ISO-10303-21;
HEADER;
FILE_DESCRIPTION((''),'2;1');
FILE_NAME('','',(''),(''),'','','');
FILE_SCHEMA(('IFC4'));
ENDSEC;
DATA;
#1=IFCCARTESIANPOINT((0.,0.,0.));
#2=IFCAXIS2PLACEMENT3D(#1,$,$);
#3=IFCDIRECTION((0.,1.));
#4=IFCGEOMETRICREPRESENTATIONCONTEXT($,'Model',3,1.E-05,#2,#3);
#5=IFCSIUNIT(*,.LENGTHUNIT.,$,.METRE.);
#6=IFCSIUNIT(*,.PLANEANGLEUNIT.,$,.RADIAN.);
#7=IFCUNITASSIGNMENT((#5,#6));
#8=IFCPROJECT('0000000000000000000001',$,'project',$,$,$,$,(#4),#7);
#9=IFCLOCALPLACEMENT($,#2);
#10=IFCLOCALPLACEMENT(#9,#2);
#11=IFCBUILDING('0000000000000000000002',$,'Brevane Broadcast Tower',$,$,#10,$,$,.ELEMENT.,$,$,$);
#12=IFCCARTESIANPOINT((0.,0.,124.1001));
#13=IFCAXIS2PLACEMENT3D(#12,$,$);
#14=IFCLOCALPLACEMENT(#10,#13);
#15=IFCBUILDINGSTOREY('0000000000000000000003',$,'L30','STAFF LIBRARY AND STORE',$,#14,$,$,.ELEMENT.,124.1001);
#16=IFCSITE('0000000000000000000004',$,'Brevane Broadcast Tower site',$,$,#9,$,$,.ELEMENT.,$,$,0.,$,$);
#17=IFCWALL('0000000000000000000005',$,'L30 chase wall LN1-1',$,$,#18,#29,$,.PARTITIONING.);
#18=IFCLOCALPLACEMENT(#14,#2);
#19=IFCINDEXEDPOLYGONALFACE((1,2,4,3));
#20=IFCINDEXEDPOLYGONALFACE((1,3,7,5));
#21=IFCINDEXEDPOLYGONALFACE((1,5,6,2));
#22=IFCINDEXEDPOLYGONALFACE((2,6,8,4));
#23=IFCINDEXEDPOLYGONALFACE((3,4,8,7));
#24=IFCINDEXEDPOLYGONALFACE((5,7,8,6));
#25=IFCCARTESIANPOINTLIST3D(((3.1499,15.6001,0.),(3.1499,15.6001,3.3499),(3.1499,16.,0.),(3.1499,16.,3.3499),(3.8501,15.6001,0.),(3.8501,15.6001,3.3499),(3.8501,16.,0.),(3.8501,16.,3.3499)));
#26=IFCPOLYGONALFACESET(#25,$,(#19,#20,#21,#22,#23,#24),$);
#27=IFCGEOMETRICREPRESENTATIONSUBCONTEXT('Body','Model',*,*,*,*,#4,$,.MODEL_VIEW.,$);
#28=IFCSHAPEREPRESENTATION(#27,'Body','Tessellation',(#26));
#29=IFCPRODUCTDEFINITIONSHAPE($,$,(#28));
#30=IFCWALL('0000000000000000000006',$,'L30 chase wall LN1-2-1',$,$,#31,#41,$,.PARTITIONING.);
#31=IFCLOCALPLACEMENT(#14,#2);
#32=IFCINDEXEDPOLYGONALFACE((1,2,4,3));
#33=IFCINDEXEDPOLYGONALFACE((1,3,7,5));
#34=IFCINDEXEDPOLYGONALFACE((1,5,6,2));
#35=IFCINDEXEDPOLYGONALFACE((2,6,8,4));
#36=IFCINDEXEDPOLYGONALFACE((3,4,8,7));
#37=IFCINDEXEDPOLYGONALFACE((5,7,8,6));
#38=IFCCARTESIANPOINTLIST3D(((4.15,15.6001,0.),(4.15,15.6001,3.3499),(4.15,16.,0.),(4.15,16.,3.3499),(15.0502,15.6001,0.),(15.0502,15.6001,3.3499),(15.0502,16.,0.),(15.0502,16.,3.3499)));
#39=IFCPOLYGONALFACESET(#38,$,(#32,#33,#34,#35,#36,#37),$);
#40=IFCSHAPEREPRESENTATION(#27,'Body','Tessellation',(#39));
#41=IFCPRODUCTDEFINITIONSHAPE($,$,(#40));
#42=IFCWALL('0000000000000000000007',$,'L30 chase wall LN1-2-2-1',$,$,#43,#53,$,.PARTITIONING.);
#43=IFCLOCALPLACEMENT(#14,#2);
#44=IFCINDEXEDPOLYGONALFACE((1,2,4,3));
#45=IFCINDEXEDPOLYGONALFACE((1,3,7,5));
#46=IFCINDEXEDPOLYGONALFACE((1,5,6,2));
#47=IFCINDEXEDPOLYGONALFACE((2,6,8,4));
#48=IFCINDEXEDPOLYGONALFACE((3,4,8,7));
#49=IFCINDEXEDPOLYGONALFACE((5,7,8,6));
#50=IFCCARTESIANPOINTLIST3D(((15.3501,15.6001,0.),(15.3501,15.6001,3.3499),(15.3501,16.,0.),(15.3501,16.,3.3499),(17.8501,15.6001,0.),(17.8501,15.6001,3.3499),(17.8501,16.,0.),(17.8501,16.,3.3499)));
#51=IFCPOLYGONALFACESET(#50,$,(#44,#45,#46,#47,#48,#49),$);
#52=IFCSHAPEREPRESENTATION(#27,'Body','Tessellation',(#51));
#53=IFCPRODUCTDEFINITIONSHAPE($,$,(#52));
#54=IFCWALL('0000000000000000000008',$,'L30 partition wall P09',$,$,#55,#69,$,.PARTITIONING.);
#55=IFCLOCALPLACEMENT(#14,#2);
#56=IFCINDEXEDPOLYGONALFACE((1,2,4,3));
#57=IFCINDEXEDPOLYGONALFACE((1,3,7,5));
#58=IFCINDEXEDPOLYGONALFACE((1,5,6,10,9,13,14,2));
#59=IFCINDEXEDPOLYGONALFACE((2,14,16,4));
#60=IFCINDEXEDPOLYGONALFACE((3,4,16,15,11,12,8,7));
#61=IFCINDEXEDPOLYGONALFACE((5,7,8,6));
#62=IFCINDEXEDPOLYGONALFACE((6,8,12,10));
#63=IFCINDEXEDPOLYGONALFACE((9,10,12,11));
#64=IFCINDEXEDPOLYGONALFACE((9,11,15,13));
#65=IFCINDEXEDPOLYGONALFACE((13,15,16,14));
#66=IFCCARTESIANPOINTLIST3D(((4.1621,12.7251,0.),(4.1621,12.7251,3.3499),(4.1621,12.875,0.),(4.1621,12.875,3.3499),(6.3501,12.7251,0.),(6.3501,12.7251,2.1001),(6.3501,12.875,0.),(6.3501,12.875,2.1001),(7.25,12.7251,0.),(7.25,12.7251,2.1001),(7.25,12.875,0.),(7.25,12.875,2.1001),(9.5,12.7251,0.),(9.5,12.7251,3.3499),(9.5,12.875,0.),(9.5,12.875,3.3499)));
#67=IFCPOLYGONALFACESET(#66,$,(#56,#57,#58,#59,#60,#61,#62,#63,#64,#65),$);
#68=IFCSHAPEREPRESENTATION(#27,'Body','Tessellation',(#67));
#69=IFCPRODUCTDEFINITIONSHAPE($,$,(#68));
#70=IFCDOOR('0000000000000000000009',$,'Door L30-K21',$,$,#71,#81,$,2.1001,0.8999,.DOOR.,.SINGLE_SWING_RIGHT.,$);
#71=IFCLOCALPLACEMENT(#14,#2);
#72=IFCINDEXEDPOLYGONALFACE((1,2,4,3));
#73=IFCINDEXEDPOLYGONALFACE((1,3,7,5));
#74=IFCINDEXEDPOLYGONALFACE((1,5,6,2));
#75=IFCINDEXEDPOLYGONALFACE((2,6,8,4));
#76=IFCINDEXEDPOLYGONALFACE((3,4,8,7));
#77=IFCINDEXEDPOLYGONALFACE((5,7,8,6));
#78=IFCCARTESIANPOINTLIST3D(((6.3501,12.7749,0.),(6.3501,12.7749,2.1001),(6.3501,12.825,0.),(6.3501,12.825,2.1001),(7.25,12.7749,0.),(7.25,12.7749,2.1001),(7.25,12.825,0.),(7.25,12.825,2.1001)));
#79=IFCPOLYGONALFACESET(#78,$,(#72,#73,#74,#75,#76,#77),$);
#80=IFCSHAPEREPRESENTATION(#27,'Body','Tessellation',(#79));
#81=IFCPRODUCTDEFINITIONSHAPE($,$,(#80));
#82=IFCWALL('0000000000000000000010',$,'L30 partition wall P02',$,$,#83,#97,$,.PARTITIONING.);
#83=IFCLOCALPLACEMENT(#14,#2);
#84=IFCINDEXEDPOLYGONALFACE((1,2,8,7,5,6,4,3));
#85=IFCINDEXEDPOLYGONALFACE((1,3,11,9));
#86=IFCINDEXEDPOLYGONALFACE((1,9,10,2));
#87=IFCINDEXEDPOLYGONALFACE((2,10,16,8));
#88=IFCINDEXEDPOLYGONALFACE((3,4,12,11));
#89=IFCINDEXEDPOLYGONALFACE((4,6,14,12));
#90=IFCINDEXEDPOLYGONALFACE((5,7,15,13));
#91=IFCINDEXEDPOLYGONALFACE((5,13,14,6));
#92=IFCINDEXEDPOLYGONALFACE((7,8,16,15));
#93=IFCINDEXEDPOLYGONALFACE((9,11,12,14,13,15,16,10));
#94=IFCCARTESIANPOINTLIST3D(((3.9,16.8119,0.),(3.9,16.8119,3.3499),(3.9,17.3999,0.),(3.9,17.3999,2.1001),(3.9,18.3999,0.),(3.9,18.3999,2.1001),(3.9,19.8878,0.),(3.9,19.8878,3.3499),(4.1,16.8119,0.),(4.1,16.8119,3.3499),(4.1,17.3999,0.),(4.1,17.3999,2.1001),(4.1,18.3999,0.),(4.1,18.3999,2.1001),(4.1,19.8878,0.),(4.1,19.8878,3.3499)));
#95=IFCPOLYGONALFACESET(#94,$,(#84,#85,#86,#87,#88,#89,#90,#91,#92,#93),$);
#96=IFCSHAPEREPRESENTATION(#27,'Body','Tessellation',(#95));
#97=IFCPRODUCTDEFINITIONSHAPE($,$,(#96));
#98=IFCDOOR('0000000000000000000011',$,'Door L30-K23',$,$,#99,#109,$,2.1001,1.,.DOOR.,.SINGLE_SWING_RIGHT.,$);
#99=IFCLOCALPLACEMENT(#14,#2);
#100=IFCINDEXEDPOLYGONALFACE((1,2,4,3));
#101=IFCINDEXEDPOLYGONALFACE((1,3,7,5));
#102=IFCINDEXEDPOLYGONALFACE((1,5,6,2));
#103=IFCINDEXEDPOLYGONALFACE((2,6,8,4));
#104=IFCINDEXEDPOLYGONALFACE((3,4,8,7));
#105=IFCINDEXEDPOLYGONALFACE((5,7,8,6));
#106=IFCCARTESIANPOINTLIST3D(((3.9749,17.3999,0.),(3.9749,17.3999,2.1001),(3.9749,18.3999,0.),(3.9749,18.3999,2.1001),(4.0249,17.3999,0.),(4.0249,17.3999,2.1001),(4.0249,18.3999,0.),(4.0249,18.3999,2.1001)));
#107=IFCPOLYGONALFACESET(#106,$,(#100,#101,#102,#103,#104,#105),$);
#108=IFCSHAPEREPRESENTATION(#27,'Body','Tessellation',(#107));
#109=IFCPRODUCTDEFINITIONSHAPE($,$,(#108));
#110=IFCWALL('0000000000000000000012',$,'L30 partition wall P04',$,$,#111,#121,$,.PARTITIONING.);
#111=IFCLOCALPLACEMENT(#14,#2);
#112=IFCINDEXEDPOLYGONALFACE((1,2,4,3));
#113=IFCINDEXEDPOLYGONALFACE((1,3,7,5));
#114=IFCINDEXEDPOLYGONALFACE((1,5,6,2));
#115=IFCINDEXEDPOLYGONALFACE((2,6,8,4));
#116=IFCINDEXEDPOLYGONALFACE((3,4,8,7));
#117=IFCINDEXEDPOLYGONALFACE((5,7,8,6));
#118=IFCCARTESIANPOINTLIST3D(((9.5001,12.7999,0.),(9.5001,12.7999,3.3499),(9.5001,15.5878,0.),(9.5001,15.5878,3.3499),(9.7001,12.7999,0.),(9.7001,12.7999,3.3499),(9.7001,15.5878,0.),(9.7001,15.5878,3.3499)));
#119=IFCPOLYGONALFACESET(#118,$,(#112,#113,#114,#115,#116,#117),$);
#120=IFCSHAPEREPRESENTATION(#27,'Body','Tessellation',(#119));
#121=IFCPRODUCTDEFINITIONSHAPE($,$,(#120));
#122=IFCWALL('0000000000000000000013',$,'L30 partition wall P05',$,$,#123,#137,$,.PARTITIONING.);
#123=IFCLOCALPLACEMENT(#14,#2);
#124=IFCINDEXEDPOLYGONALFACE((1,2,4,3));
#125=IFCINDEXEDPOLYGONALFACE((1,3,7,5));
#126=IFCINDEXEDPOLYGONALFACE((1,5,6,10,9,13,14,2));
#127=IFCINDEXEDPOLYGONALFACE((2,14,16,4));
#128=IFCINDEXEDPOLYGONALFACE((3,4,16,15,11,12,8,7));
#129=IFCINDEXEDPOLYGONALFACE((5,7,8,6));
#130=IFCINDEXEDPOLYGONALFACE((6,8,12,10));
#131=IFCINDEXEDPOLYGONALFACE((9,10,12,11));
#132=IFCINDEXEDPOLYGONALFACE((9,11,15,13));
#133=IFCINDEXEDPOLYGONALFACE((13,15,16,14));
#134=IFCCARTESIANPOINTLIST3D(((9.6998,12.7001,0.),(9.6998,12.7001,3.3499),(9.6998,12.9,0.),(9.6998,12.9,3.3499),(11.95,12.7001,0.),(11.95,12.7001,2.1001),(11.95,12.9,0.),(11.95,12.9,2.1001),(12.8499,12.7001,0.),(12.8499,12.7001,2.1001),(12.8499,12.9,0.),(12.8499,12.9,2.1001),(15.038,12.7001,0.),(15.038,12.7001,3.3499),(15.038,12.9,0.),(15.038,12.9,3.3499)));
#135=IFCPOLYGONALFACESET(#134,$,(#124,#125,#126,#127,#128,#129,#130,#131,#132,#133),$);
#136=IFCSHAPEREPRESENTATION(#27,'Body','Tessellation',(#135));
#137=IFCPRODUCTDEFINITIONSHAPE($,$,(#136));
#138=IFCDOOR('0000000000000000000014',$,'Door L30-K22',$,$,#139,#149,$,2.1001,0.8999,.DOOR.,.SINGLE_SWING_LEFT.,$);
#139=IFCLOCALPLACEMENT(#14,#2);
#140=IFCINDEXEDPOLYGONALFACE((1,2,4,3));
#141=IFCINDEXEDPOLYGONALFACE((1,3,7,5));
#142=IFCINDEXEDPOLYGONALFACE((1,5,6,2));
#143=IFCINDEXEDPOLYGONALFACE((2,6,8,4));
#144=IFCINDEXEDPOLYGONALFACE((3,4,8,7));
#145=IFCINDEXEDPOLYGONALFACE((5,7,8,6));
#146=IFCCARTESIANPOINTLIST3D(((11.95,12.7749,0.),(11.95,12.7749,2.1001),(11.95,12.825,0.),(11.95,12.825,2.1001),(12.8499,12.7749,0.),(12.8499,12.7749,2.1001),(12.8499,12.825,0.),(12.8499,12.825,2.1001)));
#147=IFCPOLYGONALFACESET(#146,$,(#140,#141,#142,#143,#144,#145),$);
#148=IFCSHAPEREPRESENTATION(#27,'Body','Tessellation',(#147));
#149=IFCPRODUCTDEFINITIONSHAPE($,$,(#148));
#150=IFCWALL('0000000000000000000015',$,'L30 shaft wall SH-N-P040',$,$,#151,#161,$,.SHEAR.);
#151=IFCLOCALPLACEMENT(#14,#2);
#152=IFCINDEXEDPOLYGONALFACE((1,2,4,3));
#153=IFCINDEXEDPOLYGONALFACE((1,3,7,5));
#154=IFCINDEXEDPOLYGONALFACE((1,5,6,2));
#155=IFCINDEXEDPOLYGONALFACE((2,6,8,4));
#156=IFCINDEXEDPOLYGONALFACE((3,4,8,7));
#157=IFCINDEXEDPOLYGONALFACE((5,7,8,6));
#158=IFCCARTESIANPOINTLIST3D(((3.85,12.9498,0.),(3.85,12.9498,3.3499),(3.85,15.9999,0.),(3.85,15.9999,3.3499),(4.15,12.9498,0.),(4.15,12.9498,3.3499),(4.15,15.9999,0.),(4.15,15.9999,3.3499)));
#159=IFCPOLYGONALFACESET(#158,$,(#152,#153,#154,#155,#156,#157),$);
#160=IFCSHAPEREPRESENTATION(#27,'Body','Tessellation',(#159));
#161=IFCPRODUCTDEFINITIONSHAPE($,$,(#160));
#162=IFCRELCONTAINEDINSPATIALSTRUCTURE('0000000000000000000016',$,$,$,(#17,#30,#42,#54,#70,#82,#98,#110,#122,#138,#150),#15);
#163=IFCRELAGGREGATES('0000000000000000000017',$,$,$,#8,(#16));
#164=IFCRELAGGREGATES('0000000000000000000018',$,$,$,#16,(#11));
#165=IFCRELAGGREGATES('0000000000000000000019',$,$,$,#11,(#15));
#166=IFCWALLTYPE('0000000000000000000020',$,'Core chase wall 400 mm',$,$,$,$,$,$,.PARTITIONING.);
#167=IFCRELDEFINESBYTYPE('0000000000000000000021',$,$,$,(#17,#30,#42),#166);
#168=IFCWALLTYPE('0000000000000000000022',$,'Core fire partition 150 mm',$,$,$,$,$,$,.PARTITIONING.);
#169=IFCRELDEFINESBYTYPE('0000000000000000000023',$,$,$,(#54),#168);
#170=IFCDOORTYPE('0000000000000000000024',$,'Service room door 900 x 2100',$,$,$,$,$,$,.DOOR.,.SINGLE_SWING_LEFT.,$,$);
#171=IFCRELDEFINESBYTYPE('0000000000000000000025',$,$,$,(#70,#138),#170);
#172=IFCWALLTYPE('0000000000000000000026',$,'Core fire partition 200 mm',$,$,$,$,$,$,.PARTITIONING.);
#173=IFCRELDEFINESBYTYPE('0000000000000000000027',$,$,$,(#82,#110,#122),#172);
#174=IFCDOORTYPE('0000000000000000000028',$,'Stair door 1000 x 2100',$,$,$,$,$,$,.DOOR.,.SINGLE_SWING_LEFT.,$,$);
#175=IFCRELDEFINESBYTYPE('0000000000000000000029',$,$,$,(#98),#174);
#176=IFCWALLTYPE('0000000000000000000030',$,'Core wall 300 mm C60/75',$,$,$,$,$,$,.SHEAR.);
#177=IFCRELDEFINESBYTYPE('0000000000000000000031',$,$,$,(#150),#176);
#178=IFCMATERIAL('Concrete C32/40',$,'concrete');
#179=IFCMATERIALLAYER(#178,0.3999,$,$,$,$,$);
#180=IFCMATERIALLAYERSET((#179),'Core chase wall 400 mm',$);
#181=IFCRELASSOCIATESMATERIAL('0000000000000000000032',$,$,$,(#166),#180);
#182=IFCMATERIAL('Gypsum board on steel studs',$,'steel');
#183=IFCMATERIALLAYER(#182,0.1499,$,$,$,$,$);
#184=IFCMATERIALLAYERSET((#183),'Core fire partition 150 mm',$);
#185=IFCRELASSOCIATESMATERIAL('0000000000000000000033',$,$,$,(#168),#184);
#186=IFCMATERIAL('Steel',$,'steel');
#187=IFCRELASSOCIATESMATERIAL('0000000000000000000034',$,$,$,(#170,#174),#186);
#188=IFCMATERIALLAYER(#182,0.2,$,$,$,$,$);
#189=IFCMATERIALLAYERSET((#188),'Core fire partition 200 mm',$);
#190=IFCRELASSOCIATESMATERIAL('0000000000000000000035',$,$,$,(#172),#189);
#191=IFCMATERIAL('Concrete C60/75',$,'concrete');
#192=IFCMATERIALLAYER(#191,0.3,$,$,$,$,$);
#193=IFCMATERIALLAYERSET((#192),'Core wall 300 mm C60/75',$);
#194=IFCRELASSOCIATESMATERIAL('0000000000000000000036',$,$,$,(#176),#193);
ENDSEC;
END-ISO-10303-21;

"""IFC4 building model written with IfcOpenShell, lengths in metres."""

from ifc_helpers import new_model, si_unit, direction, frame, frame_2d, origin, place, context, subcontext, project, spatial, rectangle, extrude, material, layer, layer_set, type_object, element, fill, save


model = new_model("IFC4")

# Units and contexts
model_context = context("Model", 3, precision=1e-05, world=origin(), true_north=direction((0.0, 1.0)))
body_context = subcontext(model_context, "Body", "Model", "MODEL_VIEW")
ifc_project = project(units=[si_unit("LENGTHUNIT", "METRE"), si_unit("PLANEANGLEUNIT", "RADIAN")], contexts=[model_context])

# Site, building, storey
site_placement = place(None, origin())
site = spatial("IfcSite", under=ifc_project, at=site_placement, Name="Brevane Broadcast Tower site", CompositionType="ELEMENT", RefElevation=0.0)
building_placement = place(site_placement, origin())
building = spatial("IfcBuilding", under=site, at=building_placement, Name="Brevane Broadcast Tower", CompositionType="ELEMENT")
storey_placement = place(building_placement, frame((0.0, 0.0, 124.1001)))
storey = spatial("IfcBuildingStorey", under=building, at=storey_placement, Name="L30", Description="STAFF LIBRARY AND STORE", CompositionType="ELEMENT", Elevation=124.1001)

# Walls
ifc_material_1 = material(Name="Concrete C32/40", Category="concrete")
ifc_layer_1 = layer(ifc_material_1, 0.3999)
ifc_layer_set_1 = layer_set([ifc_layer_1], Name="Core chase wall 400 mm")
wall_type_1 = type_object("IfcWallType", Name="Core chase wall 400 mm", PredefinedType="PARTITIONING", material=ifc_layer_set_1)
wall_1_placement = place(storey_placement, frame((3.1499, 15.8, 0.0), z_axis=(0.0, 0.0, 1.0), x_axis=(1.0, 0.0, 0.0)))
element("IfcWall", 1, at=wall_1_placement, inside=storey, type_object=wall_type_1, Name="L30 chase wall LN1-1", PredefinedType="PARTITIONING", context=body_context, shape_type="SweptSolid", body=[
    extrude(rectangle(XDim=0.7002, YDim=0.3999, at=frame_2d((0.3501, 0.0))), origin(), (0.0, 0.0, 1.0), 3.3499),
])
wall_2_placement = place(storey_placement, frame((4.1499, 15.8, 0.0), z_axis=(0.0, 0.0, 1.0), x_axis=(1.0, 0.0, 0.0)))
element("IfcWall", 2, at=wall_2_placement, inside=storey, type_object=wall_type_1, Name="L30 chase wall LN1-2-1", PredefinedType="PARTITIONING", context=body_context, shape_type="SweptSolid", body=[
    extrude(rectangle(XDim=10.9001, YDim=0.3999, at=frame_2d((5.4502, 0.0))), origin(), (0.0, 0.0, 1.0), 3.3499),
])
wall_3_placement = place(storey_placement, frame((15.3501, 15.8, 0.0), z_axis=(0.0, 0.0, 1.0), x_axis=(1.0, 0.0, 0.0)))
element("IfcWall", 3, at=wall_3_placement, inside=storey, type_object=wall_type_1, Name="L30 chase wall LN1-2-2-1", PredefinedType="PARTITIONING", context=body_context, shape_type="SweptSolid", body=[
    extrude(rectangle(XDim=2.5, YDim=0.3999, at=frame_2d((1.25, 0.0))), origin(), (0.0, 0.0, 1.0), 3.3499),
])

# Walls, openings, doors
ifc_material_2 = material(Name="Gypsum board on steel studs", Category="steel")
ifc_layer_2 = layer(ifc_material_2, 0.1499)
ifc_layer_set_2 = layer_set([ifc_layer_2], Name="Core fire partition 150 mm")
wall_type_2 = type_object("IfcWallType", Name="Core fire partition 150 mm", PredefinedType="PARTITIONING", material=ifc_layer_set_2)
wall_4_placement = place(storey_placement, frame((4.1621, 12.8, 0.0), z_axis=(0.0, 0.0, 1.0), x_axis=(1.0, 0.0, 0.0)))
wall_4 = element("IfcWall", 4, at=wall_4_placement, inside=storey, type_object=wall_type_2, Name="L30 partition wall P09", PredefinedType="PARTITIONING", context=body_context, shape_type="SweptSolid", body=[
    extrude(rectangle(XDim=5.3379, YDim=0.1499, at=frame_2d((2.6689, 0.0))), origin(), (0.0, 0.0, 1.0), 3.3499),
])
opening_1_placement = place(wall_4_placement, frame((2.188, 0.0, 0.0)))
opening_1 = element("IfcOpeningElement", 5, at=opening_1_placement, cuts=wall_4, PredefinedType="OPENING", context=body_context, shape_type="SweptSolid", body=[
    extrude(rectangle(XDim=0.8999, YDim=2.1001, at=frame_2d((0.45, 1.05))), frame((0.0, 0.085, 0.0), z_axis=(0.0, -1.0, 0.0), x_axis=(1.0, 0.0, 0.0)), (0.0, 0.0, 1.0), 0.1699),
])
ifc_material_3 = material(Name="Steel", Category="steel")
door_type_1 = type_object("IfcDoorType", Name="Service room door 900 x 2100", OperationType="SINGLE_SWING_LEFT", PredefinedType="DOOR", material=ifc_material_3)
door_1_placement = place(opening_1_placement, origin())
door_1 = element("IfcDoor", 6, at=door_1_placement, inside=storey, type_object=door_type_1, Name="Door L30-K21", OperationType="SINGLE_SWING_RIGHT", OverallHeight=2.1001, OverallWidth=0.8999, PredefinedType="DOOR", context=body_context, shape_type="SweptSolid", body=[
    extrude(rectangle(XDim=0.8999, YDim=2.1001, at=frame_2d((0.45, 1.05))), frame((0.0, 0.0249, 0.0), z_axis=(0.0, -1.0, 0.0), x_axis=(1.0, 0.0, 0.0)), (0.0, 0.0, 1.0), 0.05),
])
fill(opening_1, door_1)
ifc_layer_3 = layer(ifc_material_2, 0.2)
ifc_layer_set_3 = layer_set([ifc_layer_3], Name="Core fire partition 200 mm")
wall_type_3 = type_object("IfcWallType", Name="Core fire partition 200 mm", PredefinedType="PARTITIONING", material=ifc_layer_set_3)
wall_5_placement = place(storey_placement, frame((4.0, 19.8879, 0.0), z_axis=(0.0, 0.0, 1.0), x_axis=(0.0, -1.0, 0.0)))
wall_5 = element("IfcWall", 7, at=wall_5_placement, inside=storey, type_object=wall_type_3, Name="L30 partition wall P02", PredefinedType="PARTITIONING", context=body_context, shape_type="SweptSolid", body=[
    extrude(rectangle(XDim=3.0759, YDim=0.2, at=frame_2d((1.5381, 0.0))), origin(), (0.0, 0.0, 1.0), 3.3499),
])
opening_2_placement = place(wall_5_placement, frame((1.488, 0.0, 0.0)))
opening_2 = element("IfcOpeningElement", 8, at=opening_2_placement, cuts=wall_5, PredefinedType="OPENING", context=body_context, shape_type="SweptSolid", body=[
    extrude(rectangle(XDim=1.0, YDim=2.1001, at=frame_2d((0.5, 1.05))), frame((0.0, 0.1099, 0.0), z_axis=(0.0, -1.0, 0.0), x_axis=(1.0, 0.0, 0.0)), (0.0, 0.0, 1.0), 0.22),
])
door_type_2 = type_object("IfcDoorType", Name="Stair door 1000 x 2100", OperationType="SINGLE_SWING_LEFT", PredefinedType="DOOR", material=ifc_material_3)
door_2_placement = place(opening_2_placement, origin())
door_2 = element("IfcDoor", 9, at=door_2_placement, inside=storey, type_object=door_type_2, Name="Door L30-K23", OperationType="SINGLE_SWING_RIGHT", OverallHeight=2.1001, OverallWidth=1.0, PredefinedType="DOOR", context=body_context, shape_type="SweptSolid", body=[
    extrude(rectangle(XDim=1.0, YDim=2.1001, at=frame_2d((0.5, 1.05))), frame((0.0, 0.0249, 0.0), z_axis=(0.0, -1.0, 0.0), x_axis=(1.0, 0.0, 0.0)), (0.0, 0.0, 1.0), 0.05),
])
fill(opening_2, door_2)

# Wall
wall_6_placement = place(storey_placement, frame((9.6001, 15.5879, 0.0), z_axis=(0.0, 0.0, 1.0), x_axis=(0.0, -1.0, 0.0)))
element("IfcWall", 10, at=wall_6_placement, inside=storey, type_object=wall_type_3, Name="L30 partition wall P04", PredefinedType="PARTITIONING", context=body_context, shape_type="SweptSolid", body=[
    extrude(rectangle(XDim=2.7878, YDim=0.2, at=frame_2d((1.394, 0.0))), origin(), (0.0, 0.0, 1.0), 3.3499),
])

# Wall, opening, door
wall_7_placement = place(storey_placement, frame((9.7, 12.8, 0.0), z_axis=(0.0, 0.0, 1.0), x_axis=(1.0, 0.0, 0.0)))
wall_7 = element("IfcWall", 11, at=wall_7_placement, inside=storey, type_object=wall_type_3, Name="L30 partition wall P05", PredefinedType="PARTITIONING", context=body_context, shape_type="SweptSolid", body=[
    extrude(rectangle(XDim=5.3381, YDim=0.2, at=frame_2d((2.6689, 0.0))), origin(), (0.0, 0.0, 1.0), 3.3499),
])
opening_3_placement = place(wall_7_placement, frame((2.25, 0.0, 0.0)))
opening_3 = element("IfcOpeningElement", 12, at=opening_3_placement, cuts=wall_7, PredefinedType="OPENING", context=body_context, shape_type="SweptSolid", body=[
    extrude(rectangle(XDim=0.8999, YDim=2.1001, at=frame_2d((0.45, 1.05))), frame((0.0, 0.1099, 0.0), z_axis=(0.0, -1.0, 0.0), x_axis=(1.0, 0.0, 0.0)), (0.0, 0.0, 1.0), 0.22),
])
door_3_placement = place(opening_3_placement, origin())
door_3 = element("IfcDoor", 13, at=door_3_placement, inside=storey, type_object=door_type_1, Name="Door L30-K22", OperationType="SINGLE_SWING_LEFT", OverallHeight=2.1001, OverallWidth=0.8999, PredefinedType="DOOR", context=body_context, shape_type="SweptSolid", body=[
    extrude(rectangle(XDim=0.8999, YDim=2.1001, at=frame_2d((0.45, 1.05))), frame((0.0, 0.0249, 0.0), z_axis=(0.0, -1.0, 0.0), x_axis=(1.0, 0.0, 0.0)), (0.0, 0.0, 1.0), 0.05),
])
fill(opening_3, door_3)

# Wall
ifc_material_4 = material(Name="Concrete C60/75", Category="concrete")
ifc_layer_4 = layer(ifc_material_4, 0.3)
ifc_layer_set_4 = layer_set([ifc_layer_4], Name="Core wall 300 mm C60/75")
wall_type_4 = type_object("IfcWallType", Name="Core wall 300 mm C60/75", PredefinedType="SHEAR", material=ifc_layer_set_4)
wall_8_placement = place(storey_placement, frame((4.0, 12.95, 0.0), z_axis=(0.0, 0.0, 1.0), x_axis=(0.0, 1.0, 0.0)))
element("IfcWall", 14, at=wall_8_placement, inside=storey, type_object=wall_type_4, Name="L30 shaft wall SH-N-P040", PredefinedType="SHEAR", context=body_context, shape_type="SweptSolid", body=[
    extrude(rectangle(XDim=3.05, YDim=0.3, at=frame_2d((1.5249, 0.0))), origin(), (0.0, 0.0, 1.0), 3.3499),
])

save(model, "model.ifc")
